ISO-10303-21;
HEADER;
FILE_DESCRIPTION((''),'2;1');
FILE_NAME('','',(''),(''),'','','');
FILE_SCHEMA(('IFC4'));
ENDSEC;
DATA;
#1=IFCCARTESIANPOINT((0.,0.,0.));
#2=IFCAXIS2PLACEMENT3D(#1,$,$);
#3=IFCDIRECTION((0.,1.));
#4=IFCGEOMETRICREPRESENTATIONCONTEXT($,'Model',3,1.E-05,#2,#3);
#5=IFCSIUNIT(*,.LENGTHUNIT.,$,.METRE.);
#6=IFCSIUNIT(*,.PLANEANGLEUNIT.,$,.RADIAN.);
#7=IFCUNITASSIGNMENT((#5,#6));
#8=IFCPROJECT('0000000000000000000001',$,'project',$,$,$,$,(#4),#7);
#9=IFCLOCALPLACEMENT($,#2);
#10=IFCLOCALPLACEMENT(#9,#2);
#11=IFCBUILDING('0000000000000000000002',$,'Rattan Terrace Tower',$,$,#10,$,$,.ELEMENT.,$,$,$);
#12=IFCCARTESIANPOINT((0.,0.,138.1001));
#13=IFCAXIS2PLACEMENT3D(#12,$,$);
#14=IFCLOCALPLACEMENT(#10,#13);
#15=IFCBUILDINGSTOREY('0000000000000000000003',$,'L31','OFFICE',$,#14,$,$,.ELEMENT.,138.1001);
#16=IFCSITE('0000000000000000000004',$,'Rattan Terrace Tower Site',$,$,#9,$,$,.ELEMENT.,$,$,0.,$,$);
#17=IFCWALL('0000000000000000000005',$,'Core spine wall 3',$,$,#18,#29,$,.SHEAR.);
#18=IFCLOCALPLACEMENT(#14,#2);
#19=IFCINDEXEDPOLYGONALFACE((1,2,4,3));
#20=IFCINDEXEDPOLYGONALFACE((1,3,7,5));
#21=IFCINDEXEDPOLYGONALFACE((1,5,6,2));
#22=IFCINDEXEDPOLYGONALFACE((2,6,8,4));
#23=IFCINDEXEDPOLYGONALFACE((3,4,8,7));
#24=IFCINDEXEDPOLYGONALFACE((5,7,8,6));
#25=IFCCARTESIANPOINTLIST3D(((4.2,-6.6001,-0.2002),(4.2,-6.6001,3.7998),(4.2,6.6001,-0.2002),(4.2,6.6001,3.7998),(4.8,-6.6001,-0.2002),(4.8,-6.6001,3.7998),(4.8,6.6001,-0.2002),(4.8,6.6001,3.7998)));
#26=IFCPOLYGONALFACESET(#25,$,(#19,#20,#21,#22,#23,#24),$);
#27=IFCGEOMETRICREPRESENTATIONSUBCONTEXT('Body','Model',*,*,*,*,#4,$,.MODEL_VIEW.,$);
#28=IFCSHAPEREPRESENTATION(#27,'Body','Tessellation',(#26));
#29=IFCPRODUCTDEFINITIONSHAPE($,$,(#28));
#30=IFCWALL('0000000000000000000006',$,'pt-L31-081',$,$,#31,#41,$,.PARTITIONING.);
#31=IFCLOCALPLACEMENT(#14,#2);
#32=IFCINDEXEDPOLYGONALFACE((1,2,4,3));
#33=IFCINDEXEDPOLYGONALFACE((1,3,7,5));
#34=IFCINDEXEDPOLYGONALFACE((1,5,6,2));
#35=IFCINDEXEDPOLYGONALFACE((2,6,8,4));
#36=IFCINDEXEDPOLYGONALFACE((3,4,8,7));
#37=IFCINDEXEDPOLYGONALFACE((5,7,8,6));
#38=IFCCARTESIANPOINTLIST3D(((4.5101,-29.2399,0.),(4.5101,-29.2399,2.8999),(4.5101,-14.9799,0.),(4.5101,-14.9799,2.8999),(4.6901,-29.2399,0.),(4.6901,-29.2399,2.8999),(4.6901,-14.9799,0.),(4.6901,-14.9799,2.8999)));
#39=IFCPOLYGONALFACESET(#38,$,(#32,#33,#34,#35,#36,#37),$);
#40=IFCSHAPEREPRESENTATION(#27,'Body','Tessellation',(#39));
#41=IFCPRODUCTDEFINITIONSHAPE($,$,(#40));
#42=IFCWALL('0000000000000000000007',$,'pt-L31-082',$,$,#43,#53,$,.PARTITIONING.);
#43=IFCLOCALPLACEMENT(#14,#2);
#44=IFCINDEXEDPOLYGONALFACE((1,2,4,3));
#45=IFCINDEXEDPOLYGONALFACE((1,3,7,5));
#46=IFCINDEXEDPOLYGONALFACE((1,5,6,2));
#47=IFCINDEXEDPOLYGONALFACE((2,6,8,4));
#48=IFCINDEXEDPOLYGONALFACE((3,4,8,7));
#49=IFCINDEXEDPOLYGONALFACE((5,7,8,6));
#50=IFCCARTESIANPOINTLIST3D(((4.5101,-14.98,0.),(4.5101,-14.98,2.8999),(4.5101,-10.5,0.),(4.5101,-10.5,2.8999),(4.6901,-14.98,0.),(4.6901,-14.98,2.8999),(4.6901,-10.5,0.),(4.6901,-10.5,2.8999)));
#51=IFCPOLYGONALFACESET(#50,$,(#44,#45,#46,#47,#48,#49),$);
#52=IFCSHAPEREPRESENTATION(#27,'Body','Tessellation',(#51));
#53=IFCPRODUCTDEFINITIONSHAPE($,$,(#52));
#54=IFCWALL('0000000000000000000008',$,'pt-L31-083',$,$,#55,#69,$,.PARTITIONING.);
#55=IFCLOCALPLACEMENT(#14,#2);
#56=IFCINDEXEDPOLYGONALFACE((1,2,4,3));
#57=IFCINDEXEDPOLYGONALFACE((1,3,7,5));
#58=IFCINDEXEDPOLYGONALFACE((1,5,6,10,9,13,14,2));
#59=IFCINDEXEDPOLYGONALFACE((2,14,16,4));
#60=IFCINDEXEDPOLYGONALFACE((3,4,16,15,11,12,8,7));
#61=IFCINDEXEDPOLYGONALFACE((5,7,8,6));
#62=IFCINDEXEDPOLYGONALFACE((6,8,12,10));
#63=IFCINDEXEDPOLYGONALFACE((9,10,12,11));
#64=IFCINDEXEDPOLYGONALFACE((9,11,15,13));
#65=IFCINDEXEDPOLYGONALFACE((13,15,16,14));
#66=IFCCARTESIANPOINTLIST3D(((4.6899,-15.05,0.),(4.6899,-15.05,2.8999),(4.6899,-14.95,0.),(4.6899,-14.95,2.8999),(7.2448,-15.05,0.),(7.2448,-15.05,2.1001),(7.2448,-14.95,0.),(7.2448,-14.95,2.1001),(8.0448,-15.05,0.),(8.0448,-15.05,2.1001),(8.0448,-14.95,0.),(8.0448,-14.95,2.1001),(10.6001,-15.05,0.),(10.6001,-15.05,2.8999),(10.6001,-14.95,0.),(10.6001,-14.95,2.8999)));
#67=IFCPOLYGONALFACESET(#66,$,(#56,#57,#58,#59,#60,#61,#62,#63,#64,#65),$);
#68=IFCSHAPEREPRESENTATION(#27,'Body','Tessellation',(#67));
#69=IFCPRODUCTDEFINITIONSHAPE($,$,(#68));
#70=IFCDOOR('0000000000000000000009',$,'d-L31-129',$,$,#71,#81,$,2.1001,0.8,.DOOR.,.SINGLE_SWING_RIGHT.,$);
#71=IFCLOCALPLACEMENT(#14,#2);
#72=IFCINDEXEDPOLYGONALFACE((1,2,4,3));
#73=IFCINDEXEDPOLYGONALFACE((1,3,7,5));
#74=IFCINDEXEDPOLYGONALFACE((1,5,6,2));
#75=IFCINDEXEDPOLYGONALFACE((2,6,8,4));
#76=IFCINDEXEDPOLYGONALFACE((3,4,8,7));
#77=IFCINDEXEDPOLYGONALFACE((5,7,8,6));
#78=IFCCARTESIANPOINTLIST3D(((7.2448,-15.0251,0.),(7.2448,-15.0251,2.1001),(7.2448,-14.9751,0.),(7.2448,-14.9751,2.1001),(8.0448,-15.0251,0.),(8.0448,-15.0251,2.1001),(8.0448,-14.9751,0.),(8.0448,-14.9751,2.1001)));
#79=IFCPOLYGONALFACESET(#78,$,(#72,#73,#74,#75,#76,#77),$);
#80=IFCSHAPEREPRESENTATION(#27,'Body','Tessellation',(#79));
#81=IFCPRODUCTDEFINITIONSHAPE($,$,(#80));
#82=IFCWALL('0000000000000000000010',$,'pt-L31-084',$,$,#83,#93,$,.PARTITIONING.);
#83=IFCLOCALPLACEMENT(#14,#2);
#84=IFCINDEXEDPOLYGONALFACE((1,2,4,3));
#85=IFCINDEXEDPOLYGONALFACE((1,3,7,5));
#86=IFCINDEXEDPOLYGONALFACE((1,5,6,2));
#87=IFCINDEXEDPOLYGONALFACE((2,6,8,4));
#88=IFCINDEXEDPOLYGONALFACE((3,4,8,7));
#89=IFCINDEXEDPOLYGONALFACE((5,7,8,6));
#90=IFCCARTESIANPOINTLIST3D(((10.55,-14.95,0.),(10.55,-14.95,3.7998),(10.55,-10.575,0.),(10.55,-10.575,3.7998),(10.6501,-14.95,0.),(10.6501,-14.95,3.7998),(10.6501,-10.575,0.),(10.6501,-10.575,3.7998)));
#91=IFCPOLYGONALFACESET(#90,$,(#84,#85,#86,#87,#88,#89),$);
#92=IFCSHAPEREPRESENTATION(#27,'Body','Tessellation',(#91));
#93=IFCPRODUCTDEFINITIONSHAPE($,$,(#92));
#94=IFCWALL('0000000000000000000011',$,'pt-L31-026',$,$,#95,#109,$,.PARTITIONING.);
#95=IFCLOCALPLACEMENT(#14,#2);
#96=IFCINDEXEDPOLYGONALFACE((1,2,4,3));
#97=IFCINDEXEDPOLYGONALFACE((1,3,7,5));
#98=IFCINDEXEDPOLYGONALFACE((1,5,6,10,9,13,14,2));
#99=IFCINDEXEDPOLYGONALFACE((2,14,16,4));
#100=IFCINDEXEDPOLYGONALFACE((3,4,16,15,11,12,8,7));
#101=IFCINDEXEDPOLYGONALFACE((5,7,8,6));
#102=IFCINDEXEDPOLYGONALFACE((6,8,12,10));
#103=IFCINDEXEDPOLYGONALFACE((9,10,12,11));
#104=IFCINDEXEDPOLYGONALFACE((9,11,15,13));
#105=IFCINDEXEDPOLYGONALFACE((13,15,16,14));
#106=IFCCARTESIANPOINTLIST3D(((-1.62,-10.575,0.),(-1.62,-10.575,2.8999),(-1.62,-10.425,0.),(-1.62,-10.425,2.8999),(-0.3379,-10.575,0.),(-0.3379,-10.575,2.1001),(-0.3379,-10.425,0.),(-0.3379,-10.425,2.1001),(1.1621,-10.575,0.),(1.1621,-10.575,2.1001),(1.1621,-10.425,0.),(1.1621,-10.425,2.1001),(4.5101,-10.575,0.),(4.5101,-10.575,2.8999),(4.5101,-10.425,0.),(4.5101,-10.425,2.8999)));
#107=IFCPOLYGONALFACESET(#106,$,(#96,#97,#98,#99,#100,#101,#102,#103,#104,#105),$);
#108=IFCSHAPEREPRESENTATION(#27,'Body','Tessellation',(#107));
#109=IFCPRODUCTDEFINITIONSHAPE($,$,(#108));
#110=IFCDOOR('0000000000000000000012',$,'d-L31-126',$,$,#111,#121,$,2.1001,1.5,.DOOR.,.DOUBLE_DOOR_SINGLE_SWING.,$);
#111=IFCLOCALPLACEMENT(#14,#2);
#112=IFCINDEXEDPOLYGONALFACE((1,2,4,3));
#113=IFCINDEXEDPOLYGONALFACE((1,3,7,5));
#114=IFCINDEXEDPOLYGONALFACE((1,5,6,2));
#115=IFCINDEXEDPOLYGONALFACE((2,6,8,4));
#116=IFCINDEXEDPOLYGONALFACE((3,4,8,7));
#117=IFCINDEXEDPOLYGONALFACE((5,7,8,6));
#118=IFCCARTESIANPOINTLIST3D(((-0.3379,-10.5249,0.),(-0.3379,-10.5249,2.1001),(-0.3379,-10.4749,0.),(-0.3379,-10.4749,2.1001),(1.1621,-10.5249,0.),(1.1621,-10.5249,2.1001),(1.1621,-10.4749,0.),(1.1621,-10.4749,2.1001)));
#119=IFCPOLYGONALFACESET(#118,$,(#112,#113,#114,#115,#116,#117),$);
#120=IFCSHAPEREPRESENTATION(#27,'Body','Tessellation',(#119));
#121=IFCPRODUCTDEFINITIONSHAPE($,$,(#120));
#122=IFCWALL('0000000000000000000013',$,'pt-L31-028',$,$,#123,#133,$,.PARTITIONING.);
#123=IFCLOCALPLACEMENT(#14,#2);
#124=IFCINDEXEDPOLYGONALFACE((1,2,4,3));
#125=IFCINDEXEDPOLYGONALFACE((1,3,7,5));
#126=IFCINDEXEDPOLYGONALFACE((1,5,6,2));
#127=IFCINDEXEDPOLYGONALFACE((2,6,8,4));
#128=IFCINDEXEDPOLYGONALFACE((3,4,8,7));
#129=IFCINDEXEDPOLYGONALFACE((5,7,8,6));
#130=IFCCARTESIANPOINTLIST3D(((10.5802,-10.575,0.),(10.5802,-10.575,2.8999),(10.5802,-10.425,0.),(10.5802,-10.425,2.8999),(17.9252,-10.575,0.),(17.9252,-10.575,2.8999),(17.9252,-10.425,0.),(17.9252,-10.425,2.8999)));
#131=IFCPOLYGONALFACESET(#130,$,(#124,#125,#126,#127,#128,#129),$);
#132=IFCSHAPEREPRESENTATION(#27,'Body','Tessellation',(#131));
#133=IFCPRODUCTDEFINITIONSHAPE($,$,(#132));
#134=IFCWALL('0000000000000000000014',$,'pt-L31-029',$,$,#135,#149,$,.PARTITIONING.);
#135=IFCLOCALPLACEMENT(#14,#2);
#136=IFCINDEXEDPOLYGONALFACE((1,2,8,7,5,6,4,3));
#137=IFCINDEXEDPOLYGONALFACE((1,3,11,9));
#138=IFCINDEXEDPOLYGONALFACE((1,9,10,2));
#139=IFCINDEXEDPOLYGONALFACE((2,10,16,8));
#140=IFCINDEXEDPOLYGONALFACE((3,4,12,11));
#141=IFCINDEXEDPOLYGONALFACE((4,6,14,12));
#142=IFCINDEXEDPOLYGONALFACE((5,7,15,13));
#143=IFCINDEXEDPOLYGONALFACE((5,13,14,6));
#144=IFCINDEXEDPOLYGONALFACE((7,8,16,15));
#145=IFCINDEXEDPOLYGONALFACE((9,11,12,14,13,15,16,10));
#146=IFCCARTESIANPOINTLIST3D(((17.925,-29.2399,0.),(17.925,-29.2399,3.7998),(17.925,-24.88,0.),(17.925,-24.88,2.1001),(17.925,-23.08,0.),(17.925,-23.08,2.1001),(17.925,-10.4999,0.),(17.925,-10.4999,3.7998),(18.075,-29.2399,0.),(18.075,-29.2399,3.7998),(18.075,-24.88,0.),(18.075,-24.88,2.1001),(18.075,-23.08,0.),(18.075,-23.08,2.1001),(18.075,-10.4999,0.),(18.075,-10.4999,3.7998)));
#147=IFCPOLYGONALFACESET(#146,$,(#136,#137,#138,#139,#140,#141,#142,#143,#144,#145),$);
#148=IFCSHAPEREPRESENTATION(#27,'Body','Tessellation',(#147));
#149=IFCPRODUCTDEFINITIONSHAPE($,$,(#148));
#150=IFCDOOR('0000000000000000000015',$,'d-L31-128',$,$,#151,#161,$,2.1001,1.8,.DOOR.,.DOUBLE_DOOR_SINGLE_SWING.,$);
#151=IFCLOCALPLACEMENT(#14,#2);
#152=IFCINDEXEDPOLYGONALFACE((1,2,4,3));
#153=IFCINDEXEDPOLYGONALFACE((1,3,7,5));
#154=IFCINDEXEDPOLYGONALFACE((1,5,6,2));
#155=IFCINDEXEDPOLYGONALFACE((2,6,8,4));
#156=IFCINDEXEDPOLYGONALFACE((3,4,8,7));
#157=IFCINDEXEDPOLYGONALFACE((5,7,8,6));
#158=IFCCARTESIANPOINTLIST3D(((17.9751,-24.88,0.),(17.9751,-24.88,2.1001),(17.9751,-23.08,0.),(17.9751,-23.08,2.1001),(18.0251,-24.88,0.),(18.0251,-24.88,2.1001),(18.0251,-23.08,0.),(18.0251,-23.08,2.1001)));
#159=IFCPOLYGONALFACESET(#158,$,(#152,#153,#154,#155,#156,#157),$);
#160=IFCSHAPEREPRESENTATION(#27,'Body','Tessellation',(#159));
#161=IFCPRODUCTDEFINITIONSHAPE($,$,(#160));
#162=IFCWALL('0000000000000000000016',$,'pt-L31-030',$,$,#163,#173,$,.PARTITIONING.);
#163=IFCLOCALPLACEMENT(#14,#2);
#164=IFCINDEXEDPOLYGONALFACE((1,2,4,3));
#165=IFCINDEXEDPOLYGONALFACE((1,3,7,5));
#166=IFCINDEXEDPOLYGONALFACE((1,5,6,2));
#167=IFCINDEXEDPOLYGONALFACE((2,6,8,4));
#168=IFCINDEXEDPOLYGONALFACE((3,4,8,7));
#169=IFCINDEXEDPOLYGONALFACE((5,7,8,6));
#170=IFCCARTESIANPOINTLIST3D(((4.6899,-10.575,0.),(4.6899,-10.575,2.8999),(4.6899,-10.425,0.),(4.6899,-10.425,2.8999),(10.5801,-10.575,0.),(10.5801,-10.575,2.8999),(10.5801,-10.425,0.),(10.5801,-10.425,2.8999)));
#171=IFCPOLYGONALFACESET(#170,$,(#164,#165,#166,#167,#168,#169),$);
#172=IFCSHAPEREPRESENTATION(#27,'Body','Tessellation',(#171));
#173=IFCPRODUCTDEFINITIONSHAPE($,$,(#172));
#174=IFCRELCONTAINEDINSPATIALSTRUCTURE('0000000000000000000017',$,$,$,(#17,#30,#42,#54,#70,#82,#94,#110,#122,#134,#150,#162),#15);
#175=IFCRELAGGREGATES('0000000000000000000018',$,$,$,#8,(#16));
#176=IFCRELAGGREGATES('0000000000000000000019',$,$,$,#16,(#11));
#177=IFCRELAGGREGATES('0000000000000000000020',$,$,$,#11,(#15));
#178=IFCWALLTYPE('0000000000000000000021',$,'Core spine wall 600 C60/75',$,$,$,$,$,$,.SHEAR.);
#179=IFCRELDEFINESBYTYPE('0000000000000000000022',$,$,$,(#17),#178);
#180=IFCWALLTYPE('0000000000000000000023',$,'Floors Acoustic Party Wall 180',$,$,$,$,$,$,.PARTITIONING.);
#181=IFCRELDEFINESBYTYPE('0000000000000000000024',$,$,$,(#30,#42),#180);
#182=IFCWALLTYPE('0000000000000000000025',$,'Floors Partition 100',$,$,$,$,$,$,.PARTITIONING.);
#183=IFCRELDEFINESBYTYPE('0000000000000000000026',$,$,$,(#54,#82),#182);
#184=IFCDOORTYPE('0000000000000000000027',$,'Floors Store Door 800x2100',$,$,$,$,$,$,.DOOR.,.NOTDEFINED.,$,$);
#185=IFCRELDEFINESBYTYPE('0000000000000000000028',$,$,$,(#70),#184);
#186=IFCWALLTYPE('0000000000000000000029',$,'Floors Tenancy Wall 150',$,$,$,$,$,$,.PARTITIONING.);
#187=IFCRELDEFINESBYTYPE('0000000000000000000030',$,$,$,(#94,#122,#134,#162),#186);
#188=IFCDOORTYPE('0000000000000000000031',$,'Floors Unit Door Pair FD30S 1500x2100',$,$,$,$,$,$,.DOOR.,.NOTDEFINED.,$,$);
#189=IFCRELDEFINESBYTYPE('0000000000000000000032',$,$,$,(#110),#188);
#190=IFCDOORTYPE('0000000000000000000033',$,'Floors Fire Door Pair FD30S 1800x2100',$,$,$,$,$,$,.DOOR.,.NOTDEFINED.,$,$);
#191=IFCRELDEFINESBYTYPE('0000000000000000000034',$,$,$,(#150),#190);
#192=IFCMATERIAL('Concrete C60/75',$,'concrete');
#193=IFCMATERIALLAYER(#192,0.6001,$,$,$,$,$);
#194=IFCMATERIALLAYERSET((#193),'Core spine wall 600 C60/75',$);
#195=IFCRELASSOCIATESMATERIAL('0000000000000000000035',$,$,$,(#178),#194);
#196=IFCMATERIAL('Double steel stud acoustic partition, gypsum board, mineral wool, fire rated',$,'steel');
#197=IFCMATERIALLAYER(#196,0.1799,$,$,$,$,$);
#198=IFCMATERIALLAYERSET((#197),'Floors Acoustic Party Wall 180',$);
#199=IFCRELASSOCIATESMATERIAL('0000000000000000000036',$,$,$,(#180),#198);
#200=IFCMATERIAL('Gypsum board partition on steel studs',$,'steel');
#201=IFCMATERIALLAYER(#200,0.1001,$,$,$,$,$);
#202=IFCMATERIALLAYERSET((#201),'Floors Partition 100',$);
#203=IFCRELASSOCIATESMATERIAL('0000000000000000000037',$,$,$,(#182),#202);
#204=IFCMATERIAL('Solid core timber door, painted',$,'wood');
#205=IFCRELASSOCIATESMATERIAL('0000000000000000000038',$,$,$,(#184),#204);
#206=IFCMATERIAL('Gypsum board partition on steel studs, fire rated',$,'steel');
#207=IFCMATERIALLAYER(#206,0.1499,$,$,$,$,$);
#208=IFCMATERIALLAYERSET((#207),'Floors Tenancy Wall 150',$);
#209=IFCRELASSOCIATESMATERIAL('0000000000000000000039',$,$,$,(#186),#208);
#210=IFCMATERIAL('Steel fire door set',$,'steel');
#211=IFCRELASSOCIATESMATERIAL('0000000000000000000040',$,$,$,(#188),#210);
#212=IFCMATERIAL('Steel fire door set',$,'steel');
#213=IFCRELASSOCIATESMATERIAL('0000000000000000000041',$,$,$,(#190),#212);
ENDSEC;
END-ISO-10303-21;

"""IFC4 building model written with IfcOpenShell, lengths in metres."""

from ifc_helpers import new_model, si_unit, direction, frame, frame_2d, origin, place, context, subcontext, project, spatial, rectangle, extrude, material, layer, layer_set, type_object, element, fill, save


model = new_model("IFC4")

# Units and contexts
model_context = context("Model", 3, precision=1e-05, world=origin(), true_north=direction((0.0, 1.0)))
body_context = subcontext(model_context, "Body", "Model", "MODEL_VIEW")
ifc_project = project(units=[si_unit("LENGTHUNIT", "METRE"), si_unit("PLANEANGLEUNIT", "RADIAN")], contexts=[model_context])

# Site, building, storey
site_placement = place(None, origin())
site = spatial("IfcSite", under=ifc_project, at=site_placement, Name="Rattan Terrace Tower Site", CompositionType="ELEMENT", RefElevation=0.0)
building_placement = place(site_placement, origin())
building = spatial("IfcBuilding", under=site, at=building_placement, Name="Rattan Terrace Tower", CompositionType="ELEMENT")
storey_placement = place(building_placement, frame((0.0, 0.0, 138.1001)))
storey = spatial("IfcBuildingStorey", under=building, at=storey_placement, Name="L31", Description="OFFICE", CompositionType="ELEMENT", Elevation=138.1001)

# Walls
ifc_material_1 = material(Name="Concrete C60/75", Category="concrete")
ifc_layer_1 = layer(ifc_material_1, 0.6001)
ifc_layer_set_1 = layer_set([ifc_layer_1], Name="Core spine wall 600 C60/75")
wall_type_1 = type_object("IfcWallType", Name="Core spine wall 600 C60/75", PredefinedType="SHEAR", material=ifc_layer_set_1)
wall_1_placement = place(storey_placement, frame((4.5, -6.6001, -0.2002), z_axis=(0.0, 0.0, 1.0), x_axis=(0.0, 1.0, 0.0)))
element("IfcWall", 1, at=wall_1_placement, inside=storey, type_object=wall_type_1, Name="Core spine wall 3", PredefinedType="SHEAR", context=body_context, shape_type="SweptSolid", body=[
    extrude(rectangle(XDim=13.2002, YDim=0.6001, at=frame_2d((6.6001, 0.0))), origin(), (0.0, 0.0, 1.0), 4.0),
])
ifc_material_2 = material(Name="Double steel stud acoustic partition, gypsum board, mineral wool, fire rated", Category="steel")
ifc_layer_2 = layer(ifc_material_2, 0.1799)
ifc_layer_set_2 = layer_set([ifc_layer_2], Name="Floors Acoustic Party Wall 180")
wall_type_2 = type_object("IfcWallType", Name="Floors Acoustic Party Wall 180", PredefinedType="PARTITIONING", material=ifc_layer_set_2)
wall_2_placement = place(storey_placement, frame((4.6001, -14.98, 0.0), z_axis=(0.0, 0.0, 1.0), x_axis=(0.0, -1.0, 0.0)))
element("IfcWall", 2, at=wall_2_placement, inside=storey, type_object=wall_type_2, Name="pt-L31-081", PredefinedType="PARTITIONING", context=body_context, shape_type="SweptSolid", body=[
    extrude(rectangle(XDim=14.26, YDim=0.1799, at=frame_2d((7.1299, 0.0))), origin(), (0.0, 0.0, 1.0), 2.8999),
])
wall_3_placement = place(storey_placement, frame((4.6001, -10.5, 0.0), z_axis=(0.0, 0.0, 1.0), x_axis=(0.0, -1.0, 0.0)))
element("IfcWall", 3, at=wall_3_placement, inside=storey, type_object=wall_type_2, Name="pt-L31-082", PredefinedType="PARTITIONING", context=body_context, shape_type="SweptSolid", body=[
    extrude(rectangle(XDim=4.48, YDim=0.1799, at=frame_2d((2.24, 0.0))), origin(), (0.0, 0.0, 1.0), 2.8999),
])

# Wall, opening, door
ifc_material_3 = material(Name="Gypsum board partition on steel studs", Category="steel")
ifc_layer_3 = layer(ifc_material_3, 0.1001)
ifc_layer_set_3 = layer_set([ifc_layer_3], Name="Floors Partition 100")
wall_type_3 = type_object("IfcWallType", Name="Floors Partition 100", PredefinedType="PARTITIONING", material=ifc_layer_set_3)
wall_4_placement = place(storey_placement, frame((4.6899, -15.0, 0.0), z_axis=(0.0, 0.0, 1.0), x_axis=(1.0, 0.0, 0.0)))
wall_4 = element("IfcWall", 4, at=wall_4_placement, inside=storey, type_object=wall_type_3, Name="pt-L31-083", PredefinedType="PARTITIONING", context=body_context, shape_type="SweptSolid", body=[
    extrude(rectangle(XDim=5.9102, YDim=0.1001, at=frame_2d((2.9551, 0.0))), origin(), (0.0, 0.0, 1.0), 2.8999),
])
opening_1_placement = place(wall_4_placement, frame((2.5549, 0.0, 0.0)))
opening_1 = element("IfcOpeningElement", 5, at=opening_1_placement, cuts=wall_4, PredefinedType="OPENING", context=body_context, shape_type="SweptSolid", body=[
    extrude(rectangle(XDim=0.8, YDim=2.1001, at=frame_2d((0.3999, 1.05))), frame((0.0, 0.0605, 0.0), z_axis=(0.0, -1.0, 0.0), x_axis=(1.0, 0.0, 0.0)), (0.0, 0.0, 1.0), 0.1211),
])
ifc_material_4 = material(Name="Solid core timber door, painted", Category="wood")
door_type_1 = type_object("IfcDoorType", Name="Floors Store Door 800x2100", OperationType="NOTDEFINED", PredefinedType="DOOR", material=ifc_material_4)
door_1_placement = place(opening_1_placement, origin())
door_1 = element("IfcDoor", 6, at=door_1_placement, inside=storey, type_object=door_type_1, Name="d-L31-129", OperationType="SINGLE_SWING_RIGHT", OverallHeight=2.1001, OverallWidth=0.8, PredefinedType="DOOR", context=body_context, shape_type="SweptSolid", body=[
    extrude(rectangle(XDim=0.8, YDim=2.1001, at=frame_2d((0.3999, 1.05))), frame((0.0, 0.0249, 0.0), z_axis=(0.0, -1.0, 0.0), x_axis=(1.0, 0.0, 0.0)), (0.0, 0.0, 1.0), 0.05),
])
fill(opening_1, door_1)

# Wall
wall_5_placement = place(storey_placement, frame((10.6001, -14.95, 0.0), z_axis=(0.0, 0.0, 1.0), x_axis=(0.0, 1.0, 0.0)))
element("IfcWall", 7, at=wall_5_placement, inside=storey, type_object=wall_type_3, Name="pt-L31-084", PredefinedType="PARTITIONING", context=body_context, shape_type="SweptSolid", body=[
    extrude(rectangle(XDim=4.375, YDim=0.1001, at=frame_2d((2.1875, 0.0))), origin(), (0.0, 0.0, 1.0), 3.7998),
])

# Wall, opening, door
ifc_material_5 = material(Name="Gypsum board partition on steel studs, fire rated", Category="steel")
ifc_layer_4 = layer(ifc_material_5, 0.1499)
ifc_layer_set_4 = layer_set([ifc_layer_4], Name="Floors Tenancy Wall 150")
wall_type_4 = type_object("IfcWallType", Name="Floors Tenancy Wall 150", PredefinedType="PARTITIONING", material=ifc_layer_set_4)
wall_6_placement = place(storey_placement, frame((4.51, -10.5, 0.0), z_axis=(0.0, 0.0, 1.0), x_axis=(-1.0, 0.0, 0.0)))
wall_6 = element("IfcWall", 8, at=wall_6_placement, inside=storey, type_object=wall_type_4, Name="pt-L31-026", PredefinedType="PARTITIONING", context=body_context, shape_type="SweptSolid", body=[
    extrude(rectangle(XDim=6.1301, YDim=0.1499, at=frame_2d((3.0649, 0.0))), origin(), (0.0, 0.0, 1.0), 2.8999),
])
opening_2_placement = place(wall_6_placement, frame((3.3479, 0.0, 0.0)))
opening_2 = element("IfcOpeningElement", 9, at=opening_2_placement, cuts=wall_6, PredefinedType="OPENING", context=body_context, shape_type="SweptSolid", body=[
    extrude(rectangle(XDim=1.5, YDim=2.1001, at=frame_2d((0.75, 1.05))), frame((0.0, 0.0854, 0.0), z_axis=(0.0, -1.0, 0.0), x_axis=(1.0, 0.0, 0.0)), (0.0, 0.0, 1.0), 0.1709),
])
ifc_material_6 = material(Name="Steel fire door set", Category="steel")
door_type_2 = type_object("IfcDoorType", Name="Floors Unit Door Pair FD30S 1500x2100", OperationType="NOTDEFINED", PredefinedType="DOOR", material=ifc_material_6)
door_2_placement = place(opening_2_placement, origin())
door_2 = element("IfcDoor", 10, at=door_2_placement, inside=storey, type_object=door_type_2, Name="d-L31-126", OperationType="DOUBLE_DOOR_SINGLE_SWING", OverallHeight=2.1001, OverallWidth=1.5, PredefinedType="DOOR", context=body_context, shape_type="SweptSolid", body=[
    extrude(rectangle(XDim=1.5, YDim=2.1001, at=frame_2d((0.75, 1.05))), frame((0.0, 0.0249, 0.0), z_axis=(0.0, -1.0, 0.0), x_axis=(1.0, 0.0, 0.0)), (0.0, 0.0, 1.0), 0.05),
])
fill(opening_2, door_2)

# Wall
wall_7_placement = place(storey_placement, frame((17.925, -10.5, 0.0), z_axis=(0.0, 0.0, 1.0), x_axis=(-1.0, 0.0, 0.0)))
element("IfcWall", 11, at=wall_7_placement, inside=storey, type_object=wall_type_4, Name="pt-L31-028", PredefinedType="PARTITIONING", context=body_context, shape_type="SweptSolid", body=[
    extrude(rectangle(XDim=7.345, YDim=0.1499, at=frame_2d((3.6724, 0.0))), origin(), (0.0, 0.0, 1.0), 2.8999),
])

# Wall, opening, door
wall_8_placement = place(storey_placement, frame((18.0, -29.24, 0.0), z_axis=(0.0, 0.0, 1.0), x_axis=(0.0, 1.0, 0.0)))
wall_8 = element("IfcWall", 12, at=wall_8_placement, inside=storey, type_object=wall_type_4, Name="pt-L31-029", PredefinedType="PARTITIONING", context=body_context, shape_type="SweptSolid", body=[
    extrude(rectangle(XDim=18.74, YDim=0.1499, at=frame_2d((9.3701, 0.0))), origin(), (0.0, 0.0, 1.0), 3.7998),
])
opening_3_placement = place(wall_8_placement, frame((4.3601, 0.0, 0.0)))
opening_3 = element("IfcOpeningElement", 13, at=opening_3_placement, cuts=wall_8, PredefinedType="OPENING", context=body_context, shape_type="SweptSolid", body=[
    extrude(rectangle(XDim=1.8, YDim=2.1001, at=frame_2d((0.8999, 1.05))), frame((0.0, 0.0854, 0.0), z_axis=(0.0, -1.0, 0.0), x_axis=(1.0, 0.0, 0.0)), (0.0, 0.0, 1.0), 0.1709),
])
ifc_material_7 = material(Name="Steel fire door set", Category="steel")
door_type_3 = type_object("IfcDoorType", Name="Floors Fire Door Pair FD30S 1800x2100", OperationType="NOTDEFINED", PredefinedType="DOOR", material=ifc_material_7)
door_3_placement = place(opening_3_placement, origin())
door_3 = element("IfcDoor", 14, at=door_3_placement, inside=storey, type_object=door_type_3, Name="d-L31-128", OperationType="DOUBLE_DOOR_SINGLE_SWING", OverallHeight=2.1001, OverallWidth=1.8, PredefinedType="DOOR", context=body_context, shape_type="SweptSolid", body=[
    extrude(rectangle(XDim=1.8, YDim=2.1001, at=frame_2d((0.8999, 1.05))), frame((0.0, 0.0249, 0.0), z_axis=(0.0, -1.0, 0.0), x_axis=(1.0, 0.0, 0.0)), (0.0, 0.0, 1.0), 0.05),
])
fill(opening_3, door_3)

# Wall
wall_9_placement = place(storey_placement, frame((10.5801, -10.5, 0.0), z_axis=(0.0, 0.0, 1.0), x_axis=(-1.0, 0.0, 0.0)))
element("IfcWall", 15, at=wall_9_placement, inside=storey, type_object=wall_type_4, Name="pt-L31-030", PredefinedType="PARTITIONING", context=body_context, shape_type="SweptSolid", body=[
    extrude(rectangle(XDim=5.8901, YDim=0.1499, at=frame_2d((2.9451, 0.0))), origin(), (0.0, 0.0, 1.0), 2.8999),
])

save(model, "model.ifc")
